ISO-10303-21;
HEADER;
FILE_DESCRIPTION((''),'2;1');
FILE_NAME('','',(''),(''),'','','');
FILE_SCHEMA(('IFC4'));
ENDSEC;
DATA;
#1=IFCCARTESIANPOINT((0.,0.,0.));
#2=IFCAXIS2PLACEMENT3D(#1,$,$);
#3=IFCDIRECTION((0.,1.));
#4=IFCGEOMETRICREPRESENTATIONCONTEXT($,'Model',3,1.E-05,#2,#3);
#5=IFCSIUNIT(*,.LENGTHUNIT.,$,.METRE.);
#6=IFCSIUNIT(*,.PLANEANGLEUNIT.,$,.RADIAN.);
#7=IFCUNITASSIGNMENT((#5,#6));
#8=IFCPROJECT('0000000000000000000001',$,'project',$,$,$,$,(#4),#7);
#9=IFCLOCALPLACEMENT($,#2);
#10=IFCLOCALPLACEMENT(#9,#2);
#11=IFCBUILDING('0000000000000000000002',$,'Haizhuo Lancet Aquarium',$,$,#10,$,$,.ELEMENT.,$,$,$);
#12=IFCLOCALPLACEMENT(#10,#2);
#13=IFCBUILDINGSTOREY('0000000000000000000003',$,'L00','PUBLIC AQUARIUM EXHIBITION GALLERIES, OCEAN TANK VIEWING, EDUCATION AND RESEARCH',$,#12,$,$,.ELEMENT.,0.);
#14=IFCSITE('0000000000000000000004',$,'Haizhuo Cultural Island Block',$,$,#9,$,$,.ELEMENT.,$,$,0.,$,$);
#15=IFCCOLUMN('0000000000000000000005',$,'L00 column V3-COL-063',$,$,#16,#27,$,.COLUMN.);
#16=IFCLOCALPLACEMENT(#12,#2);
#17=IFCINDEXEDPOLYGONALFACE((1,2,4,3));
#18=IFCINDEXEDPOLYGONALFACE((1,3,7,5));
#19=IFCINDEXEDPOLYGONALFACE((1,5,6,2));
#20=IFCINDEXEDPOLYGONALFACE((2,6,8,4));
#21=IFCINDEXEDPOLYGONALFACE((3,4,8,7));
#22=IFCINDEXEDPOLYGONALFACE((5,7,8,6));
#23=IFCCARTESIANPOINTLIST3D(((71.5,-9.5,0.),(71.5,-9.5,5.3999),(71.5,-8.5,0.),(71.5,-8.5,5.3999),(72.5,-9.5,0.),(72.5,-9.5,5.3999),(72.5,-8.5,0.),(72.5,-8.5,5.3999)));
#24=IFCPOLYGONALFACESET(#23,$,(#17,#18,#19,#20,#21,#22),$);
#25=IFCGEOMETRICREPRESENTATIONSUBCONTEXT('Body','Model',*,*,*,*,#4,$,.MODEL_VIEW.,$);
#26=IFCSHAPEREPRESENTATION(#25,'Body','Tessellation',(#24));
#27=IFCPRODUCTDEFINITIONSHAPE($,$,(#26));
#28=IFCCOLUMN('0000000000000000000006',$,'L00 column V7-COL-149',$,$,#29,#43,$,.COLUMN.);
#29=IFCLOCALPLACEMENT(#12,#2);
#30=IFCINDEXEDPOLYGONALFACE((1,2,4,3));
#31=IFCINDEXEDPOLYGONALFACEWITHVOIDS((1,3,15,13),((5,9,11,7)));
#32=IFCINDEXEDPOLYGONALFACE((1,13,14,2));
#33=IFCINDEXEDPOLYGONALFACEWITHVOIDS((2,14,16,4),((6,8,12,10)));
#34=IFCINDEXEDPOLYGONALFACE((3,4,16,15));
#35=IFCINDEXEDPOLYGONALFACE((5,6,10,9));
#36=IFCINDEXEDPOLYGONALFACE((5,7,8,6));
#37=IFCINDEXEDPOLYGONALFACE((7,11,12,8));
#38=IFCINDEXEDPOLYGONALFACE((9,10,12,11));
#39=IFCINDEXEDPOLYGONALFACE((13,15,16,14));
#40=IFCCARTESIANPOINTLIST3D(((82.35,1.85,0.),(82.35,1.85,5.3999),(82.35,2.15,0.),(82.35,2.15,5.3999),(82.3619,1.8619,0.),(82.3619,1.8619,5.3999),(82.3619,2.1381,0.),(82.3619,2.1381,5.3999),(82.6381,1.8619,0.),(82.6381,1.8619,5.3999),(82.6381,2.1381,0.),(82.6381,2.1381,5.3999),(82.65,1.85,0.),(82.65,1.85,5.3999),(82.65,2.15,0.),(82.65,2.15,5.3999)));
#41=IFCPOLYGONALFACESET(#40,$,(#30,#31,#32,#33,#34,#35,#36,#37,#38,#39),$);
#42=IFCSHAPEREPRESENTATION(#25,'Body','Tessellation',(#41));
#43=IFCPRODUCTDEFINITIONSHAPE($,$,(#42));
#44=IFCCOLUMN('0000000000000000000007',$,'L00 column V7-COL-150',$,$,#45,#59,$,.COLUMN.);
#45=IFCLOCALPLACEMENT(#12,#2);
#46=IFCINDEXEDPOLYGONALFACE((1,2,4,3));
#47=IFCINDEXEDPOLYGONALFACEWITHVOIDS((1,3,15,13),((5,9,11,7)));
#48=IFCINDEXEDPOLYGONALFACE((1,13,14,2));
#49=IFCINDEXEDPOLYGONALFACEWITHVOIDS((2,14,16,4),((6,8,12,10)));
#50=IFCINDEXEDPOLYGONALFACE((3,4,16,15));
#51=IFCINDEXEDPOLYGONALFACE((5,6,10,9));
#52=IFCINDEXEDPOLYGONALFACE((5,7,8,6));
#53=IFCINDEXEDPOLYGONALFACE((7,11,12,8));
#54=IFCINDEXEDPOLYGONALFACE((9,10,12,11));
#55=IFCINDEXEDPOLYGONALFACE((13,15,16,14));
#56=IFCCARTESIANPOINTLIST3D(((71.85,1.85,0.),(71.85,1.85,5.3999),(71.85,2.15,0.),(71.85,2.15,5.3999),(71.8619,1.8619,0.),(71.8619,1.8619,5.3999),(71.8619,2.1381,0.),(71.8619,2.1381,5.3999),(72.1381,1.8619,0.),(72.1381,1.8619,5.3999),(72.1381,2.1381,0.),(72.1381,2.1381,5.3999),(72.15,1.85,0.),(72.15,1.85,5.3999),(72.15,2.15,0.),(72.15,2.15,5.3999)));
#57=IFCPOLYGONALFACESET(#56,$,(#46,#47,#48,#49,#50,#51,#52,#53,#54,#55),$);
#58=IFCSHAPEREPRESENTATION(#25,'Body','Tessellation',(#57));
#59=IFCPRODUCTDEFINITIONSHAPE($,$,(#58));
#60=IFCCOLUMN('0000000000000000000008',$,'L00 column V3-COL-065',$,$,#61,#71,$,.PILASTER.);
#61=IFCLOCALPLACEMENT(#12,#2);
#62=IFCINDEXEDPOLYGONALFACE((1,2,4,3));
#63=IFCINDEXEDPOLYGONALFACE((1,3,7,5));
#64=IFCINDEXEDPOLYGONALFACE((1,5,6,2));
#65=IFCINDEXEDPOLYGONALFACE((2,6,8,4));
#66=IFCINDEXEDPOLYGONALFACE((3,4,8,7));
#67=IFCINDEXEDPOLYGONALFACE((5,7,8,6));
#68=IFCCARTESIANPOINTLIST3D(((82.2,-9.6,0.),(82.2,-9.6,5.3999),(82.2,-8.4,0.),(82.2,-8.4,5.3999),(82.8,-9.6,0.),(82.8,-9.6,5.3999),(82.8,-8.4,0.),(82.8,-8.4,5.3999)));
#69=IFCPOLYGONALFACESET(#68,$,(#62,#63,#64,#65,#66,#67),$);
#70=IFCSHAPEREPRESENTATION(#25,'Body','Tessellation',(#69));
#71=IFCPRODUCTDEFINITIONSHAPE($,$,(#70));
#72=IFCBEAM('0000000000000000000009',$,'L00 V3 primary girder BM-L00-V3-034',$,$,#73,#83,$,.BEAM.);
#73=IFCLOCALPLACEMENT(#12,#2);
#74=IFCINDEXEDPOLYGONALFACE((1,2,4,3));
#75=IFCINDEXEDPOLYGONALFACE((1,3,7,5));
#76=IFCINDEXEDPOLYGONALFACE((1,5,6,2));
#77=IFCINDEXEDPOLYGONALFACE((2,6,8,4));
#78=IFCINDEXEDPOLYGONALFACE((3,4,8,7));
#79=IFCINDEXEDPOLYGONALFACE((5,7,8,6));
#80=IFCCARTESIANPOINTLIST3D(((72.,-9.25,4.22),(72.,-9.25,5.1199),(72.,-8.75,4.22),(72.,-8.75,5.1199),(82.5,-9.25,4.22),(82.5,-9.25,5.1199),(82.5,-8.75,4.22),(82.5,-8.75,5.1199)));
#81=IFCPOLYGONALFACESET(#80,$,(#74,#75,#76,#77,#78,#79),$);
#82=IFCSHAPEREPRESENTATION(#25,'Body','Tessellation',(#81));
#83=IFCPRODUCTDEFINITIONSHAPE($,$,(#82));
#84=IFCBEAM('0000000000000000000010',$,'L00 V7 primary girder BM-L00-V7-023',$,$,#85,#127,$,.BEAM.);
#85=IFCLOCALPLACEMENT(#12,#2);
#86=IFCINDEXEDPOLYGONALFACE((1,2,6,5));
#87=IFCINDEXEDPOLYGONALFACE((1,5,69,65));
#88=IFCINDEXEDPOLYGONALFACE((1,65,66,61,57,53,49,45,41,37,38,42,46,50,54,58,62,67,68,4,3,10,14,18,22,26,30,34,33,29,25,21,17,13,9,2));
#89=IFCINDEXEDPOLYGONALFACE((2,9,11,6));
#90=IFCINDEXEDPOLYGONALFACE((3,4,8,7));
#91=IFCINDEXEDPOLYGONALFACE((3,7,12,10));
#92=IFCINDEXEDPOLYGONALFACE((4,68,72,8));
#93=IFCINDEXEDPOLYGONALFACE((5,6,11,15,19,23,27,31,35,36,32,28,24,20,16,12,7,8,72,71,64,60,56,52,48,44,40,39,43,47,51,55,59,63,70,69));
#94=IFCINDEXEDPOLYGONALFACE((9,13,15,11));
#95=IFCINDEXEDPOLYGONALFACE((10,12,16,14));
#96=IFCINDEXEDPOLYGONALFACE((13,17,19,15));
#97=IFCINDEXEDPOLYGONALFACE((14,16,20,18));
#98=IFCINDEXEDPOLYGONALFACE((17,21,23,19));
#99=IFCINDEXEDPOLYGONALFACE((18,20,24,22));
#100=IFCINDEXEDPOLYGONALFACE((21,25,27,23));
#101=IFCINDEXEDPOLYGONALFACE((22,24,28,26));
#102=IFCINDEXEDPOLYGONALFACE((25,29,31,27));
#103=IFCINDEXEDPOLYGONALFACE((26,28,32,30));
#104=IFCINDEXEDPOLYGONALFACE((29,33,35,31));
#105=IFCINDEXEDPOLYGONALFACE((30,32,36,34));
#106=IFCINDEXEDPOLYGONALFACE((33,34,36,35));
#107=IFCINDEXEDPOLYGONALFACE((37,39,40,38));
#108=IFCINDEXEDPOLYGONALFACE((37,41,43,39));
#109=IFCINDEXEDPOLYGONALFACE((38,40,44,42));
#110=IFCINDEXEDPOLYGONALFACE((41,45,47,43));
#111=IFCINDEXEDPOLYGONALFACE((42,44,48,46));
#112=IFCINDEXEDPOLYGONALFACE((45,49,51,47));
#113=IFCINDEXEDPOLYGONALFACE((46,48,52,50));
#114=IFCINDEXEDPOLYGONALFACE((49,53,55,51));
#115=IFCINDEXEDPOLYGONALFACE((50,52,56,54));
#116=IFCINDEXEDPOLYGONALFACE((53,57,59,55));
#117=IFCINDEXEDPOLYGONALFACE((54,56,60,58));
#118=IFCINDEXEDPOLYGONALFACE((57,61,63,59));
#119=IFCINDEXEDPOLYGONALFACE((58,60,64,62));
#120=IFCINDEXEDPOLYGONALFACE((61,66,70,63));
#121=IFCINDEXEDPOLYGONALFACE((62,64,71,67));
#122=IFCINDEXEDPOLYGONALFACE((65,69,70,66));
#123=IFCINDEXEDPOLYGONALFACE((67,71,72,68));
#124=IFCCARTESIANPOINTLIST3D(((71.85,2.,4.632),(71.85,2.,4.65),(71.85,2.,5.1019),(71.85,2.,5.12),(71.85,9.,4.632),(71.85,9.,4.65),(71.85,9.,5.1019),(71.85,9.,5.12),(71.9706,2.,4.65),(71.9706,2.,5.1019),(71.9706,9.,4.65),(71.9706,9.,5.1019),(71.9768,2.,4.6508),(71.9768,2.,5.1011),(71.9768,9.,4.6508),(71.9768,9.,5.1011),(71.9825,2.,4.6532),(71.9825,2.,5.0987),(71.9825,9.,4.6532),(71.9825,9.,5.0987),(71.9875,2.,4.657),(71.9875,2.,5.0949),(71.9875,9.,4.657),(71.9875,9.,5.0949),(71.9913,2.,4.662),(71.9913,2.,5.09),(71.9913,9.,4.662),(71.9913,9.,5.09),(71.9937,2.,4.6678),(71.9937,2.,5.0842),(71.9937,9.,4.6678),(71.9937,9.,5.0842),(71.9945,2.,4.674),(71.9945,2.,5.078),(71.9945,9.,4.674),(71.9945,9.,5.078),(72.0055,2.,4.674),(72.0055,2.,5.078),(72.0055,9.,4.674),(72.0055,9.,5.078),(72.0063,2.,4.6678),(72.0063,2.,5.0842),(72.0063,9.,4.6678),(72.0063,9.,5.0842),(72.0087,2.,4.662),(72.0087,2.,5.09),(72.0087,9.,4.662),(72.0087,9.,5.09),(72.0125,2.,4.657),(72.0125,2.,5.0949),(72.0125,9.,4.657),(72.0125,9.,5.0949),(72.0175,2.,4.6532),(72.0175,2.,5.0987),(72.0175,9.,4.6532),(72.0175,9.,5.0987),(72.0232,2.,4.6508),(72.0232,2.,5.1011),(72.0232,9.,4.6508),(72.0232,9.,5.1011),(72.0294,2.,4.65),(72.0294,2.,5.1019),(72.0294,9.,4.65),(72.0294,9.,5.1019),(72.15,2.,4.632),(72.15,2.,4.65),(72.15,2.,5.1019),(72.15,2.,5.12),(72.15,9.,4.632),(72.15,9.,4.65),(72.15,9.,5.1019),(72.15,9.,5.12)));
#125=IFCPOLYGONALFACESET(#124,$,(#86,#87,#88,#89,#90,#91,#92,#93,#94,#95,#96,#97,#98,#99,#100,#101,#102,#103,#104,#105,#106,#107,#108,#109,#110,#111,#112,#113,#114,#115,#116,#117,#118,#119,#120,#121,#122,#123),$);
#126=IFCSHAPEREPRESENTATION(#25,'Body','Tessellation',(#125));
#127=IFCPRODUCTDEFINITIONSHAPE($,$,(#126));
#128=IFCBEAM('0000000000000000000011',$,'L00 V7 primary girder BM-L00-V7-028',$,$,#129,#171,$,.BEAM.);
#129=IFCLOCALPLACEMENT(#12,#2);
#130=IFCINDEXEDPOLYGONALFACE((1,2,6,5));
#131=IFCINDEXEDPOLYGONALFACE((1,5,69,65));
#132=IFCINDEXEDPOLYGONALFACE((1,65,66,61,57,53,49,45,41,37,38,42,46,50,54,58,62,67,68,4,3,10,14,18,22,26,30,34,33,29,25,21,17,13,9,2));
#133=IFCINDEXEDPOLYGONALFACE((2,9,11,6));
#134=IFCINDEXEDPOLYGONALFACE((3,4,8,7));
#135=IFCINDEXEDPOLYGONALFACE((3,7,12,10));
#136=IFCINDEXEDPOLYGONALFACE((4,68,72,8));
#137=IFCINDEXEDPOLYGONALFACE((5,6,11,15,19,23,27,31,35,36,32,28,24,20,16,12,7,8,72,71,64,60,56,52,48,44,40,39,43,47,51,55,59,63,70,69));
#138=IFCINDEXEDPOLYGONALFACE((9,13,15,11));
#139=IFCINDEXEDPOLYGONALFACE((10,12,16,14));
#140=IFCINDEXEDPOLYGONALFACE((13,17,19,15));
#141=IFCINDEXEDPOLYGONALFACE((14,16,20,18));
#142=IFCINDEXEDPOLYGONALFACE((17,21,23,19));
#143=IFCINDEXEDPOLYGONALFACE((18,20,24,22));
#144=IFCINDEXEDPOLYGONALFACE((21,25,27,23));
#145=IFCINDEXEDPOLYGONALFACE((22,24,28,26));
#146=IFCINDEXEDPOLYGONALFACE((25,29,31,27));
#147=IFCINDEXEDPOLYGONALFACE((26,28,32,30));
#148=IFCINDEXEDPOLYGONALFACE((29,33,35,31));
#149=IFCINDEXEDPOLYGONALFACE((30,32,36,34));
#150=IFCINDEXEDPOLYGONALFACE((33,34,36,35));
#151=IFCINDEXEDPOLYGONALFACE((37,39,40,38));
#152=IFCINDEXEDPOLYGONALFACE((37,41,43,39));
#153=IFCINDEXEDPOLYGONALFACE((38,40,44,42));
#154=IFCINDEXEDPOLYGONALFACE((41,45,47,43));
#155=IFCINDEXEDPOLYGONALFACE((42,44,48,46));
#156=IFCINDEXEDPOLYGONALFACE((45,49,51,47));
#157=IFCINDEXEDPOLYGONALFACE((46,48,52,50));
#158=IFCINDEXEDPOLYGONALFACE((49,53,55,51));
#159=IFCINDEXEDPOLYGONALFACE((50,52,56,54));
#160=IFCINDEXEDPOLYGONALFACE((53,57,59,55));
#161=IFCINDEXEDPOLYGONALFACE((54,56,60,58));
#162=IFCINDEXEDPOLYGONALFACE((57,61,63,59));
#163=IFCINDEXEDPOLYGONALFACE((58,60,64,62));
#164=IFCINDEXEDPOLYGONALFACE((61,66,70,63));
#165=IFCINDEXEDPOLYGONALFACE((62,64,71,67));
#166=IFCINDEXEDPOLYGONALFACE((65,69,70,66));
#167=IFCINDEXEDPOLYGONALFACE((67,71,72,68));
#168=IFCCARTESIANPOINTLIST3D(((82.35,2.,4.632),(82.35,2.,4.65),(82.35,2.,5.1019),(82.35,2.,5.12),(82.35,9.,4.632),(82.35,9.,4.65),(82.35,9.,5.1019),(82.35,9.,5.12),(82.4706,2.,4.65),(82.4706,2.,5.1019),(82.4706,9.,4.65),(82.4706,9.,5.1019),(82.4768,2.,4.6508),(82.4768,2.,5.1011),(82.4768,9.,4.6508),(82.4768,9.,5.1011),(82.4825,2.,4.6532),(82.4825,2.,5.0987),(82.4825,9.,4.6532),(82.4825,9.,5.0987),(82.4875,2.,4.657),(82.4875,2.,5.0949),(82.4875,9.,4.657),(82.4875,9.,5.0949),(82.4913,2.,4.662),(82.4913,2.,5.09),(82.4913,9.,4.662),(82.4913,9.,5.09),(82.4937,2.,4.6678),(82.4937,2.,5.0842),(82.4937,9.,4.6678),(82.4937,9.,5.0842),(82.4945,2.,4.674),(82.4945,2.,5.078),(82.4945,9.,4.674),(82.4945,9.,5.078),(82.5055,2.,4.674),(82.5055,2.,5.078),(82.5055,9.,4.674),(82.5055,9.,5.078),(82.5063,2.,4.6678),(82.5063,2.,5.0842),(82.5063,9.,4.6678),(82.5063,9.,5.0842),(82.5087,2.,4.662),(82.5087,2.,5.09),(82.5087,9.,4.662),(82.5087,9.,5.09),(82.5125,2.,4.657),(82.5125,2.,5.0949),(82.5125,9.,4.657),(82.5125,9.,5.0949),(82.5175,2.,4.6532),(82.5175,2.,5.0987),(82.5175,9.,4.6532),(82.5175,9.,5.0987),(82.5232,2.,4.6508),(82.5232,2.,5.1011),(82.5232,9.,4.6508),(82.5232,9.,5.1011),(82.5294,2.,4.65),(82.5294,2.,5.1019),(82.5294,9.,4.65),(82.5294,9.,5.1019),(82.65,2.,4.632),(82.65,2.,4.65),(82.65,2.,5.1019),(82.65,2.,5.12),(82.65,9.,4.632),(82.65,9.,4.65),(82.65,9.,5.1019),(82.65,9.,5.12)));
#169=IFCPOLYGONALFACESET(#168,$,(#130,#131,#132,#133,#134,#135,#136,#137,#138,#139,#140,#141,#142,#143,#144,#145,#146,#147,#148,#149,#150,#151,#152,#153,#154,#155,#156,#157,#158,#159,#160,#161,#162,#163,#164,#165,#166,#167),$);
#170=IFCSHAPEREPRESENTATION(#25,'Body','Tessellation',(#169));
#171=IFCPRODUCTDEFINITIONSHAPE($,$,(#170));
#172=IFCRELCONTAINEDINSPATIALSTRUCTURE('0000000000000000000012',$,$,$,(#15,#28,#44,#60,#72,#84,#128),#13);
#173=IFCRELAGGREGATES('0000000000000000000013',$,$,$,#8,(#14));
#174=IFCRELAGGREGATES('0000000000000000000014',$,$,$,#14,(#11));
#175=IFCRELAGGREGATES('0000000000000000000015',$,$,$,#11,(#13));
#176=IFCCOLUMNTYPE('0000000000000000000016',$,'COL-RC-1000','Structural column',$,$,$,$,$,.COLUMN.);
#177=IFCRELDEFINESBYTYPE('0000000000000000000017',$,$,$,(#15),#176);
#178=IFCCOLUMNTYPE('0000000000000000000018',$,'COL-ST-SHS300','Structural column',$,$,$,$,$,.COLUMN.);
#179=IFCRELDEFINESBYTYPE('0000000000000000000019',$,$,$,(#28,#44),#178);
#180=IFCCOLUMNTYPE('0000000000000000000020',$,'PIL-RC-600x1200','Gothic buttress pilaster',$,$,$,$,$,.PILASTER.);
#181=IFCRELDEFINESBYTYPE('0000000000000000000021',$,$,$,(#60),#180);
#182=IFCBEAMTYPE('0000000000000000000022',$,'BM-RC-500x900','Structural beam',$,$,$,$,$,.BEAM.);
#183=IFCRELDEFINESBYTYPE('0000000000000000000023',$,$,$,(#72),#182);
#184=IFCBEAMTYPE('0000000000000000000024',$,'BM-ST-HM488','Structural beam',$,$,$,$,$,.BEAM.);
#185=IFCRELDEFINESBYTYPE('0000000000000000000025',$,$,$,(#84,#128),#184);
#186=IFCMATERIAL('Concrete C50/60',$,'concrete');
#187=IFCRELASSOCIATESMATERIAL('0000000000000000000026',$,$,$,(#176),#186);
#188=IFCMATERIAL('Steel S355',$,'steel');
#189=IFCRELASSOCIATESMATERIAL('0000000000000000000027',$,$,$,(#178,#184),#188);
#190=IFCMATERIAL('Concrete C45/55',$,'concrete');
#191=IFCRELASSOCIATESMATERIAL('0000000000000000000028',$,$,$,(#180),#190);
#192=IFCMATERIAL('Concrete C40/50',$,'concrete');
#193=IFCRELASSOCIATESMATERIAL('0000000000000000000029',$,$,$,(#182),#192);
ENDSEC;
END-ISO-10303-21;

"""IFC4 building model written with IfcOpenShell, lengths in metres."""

from ifc_helpers import new_model, si_unit, direction, frame, origin, origin_2d, place, context, subcontext, project, spatial, rectangle, hollow_rectangle, i_section, extrude, material, material_profile, profile_set, type_object, element, save


model = new_model("IFC4")

# Units and contexts
model_context = context("Model", 3, precision=1e-05, world=origin(), true_north=direction((0.0, 1.0)))
body_context = subcontext(model_context, "Body", "Model", "MODEL_VIEW")
ifc_project = project(units=[si_unit("LENGTHUNIT", "METRE"), si_unit("PLANEANGLEUNIT", "RADIAN")], contexts=[model_context])

# Site, building, storey
site_placement = place(None, origin())
site = spatial("IfcSite", under=ifc_project, at=site_placement, Name="Haizhuo Cultural Island Block", CompositionType="ELEMENT", RefElevation=0.0)
building_placement = place(site_placement, origin())
building = spatial("IfcBuilding", under=site, at=building_placement, Name="Haizhuo Lancet Aquarium", CompositionType="ELEMENT")
storey_placement = place(building_placement, origin())
storey = spatial("IfcBuildingStorey", under=building, at=storey_placement, Name="L00", Description="PUBLIC AQUARIUM EXHIBITION GALLERIES, OCEAN TANK VIEWING, EDUCATION AND RESEARCH", CompositionType="ELEMENT", Elevation=0.0)

# Columns
ifc_material_1 = material(Name="Concrete C50/60", Category="concrete")
ifc_material_profile_1 = material_profile(ifc_material_1, rectangle(XDim=1.0, YDim=1.0, at=origin_2d()), Name="RC-COL 1000x1000")
ifc_profile_set_1 = profile_set([ifc_material_profile_1], Name="Concrete C50/60")
column_type_1 = type_object("IfcColumnType", Name="COL-RC-1000", Description="Structural column", PredefinedType="COLUMN", material=ifc_profile_set_1)
column_1_placement = place(storey_placement, frame((72.0, -9.0, 0.0), z_axis=(0.0, 0.0, 1.0), x_axis=(1.0, 0.0, 0.0)))
element("IfcColumn", 1, at=column_1_placement, inside=storey, type_object=column_type_1, Name="L00 column V3-COL-063", PredefinedType="COLUMN", context=body_context, shape_type="SweptSolid", body=[
    extrude(rectangle(XDim=1.0, YDim=1.0, at=origin_2d()), origin(), (0.0, 0.0, 1.0), 5.3999),
])
ifc_material_2 = material(Name="Steel S355", Category="steel")
ifc_material_profile_2 = material_profile(ifc_material_2, hollow_rectangle(XDim=0.3, YDim=0.3, WallThickness=0.012, at=origin_2d()), Name="SHS 300x300x12")
ifc_profile_set_2 = profile_set([ifc_material_profile_2], Name="Steel S355")
column_type_2 = type_object("IfcColumnType", Name="COL-ST-SHS300", Description="Structural column", PredefinedType="COLUMN", material=ifc_profile_set_2)
for number, where, z_axis, x_axis, name in (
    (2, (82.5, 2.0, 0.0), (0.0, 0.0, 1.0), (1.0, 0.0, 0.0), "L00 column V7-COL-149"),
    (3, (72.0, 2.0, 0.0), (0.0, 0.0, 1.0), (1.0, 0.0, 0.0), "L00 column V7-COL-150"),
):
    element("IfcColumn", number, at=place(storey_placement, frame(where, z_axis=z_axis, x_axis=x_axis)), inside=storey, type_object=column_type_2, Name=name, PredefinedType="COLUMN", context=body_context, shape_type="SweptSolid", body=[
        extrude(hollow_rectangle(XDim=0.3, YDim=0.3, WallThickness=0.012, at=origin_2d()), origin(), (0.0, 0.0, 1.0), 5.3999),
    ])
ifc_material_3 = material(Name="Concrete C45/55", Category="concrete")
ifc_material_profile_3 = material_profile(ifc_material_3, rectangle(XDim=0.6001, YDim=1.2, at=origin_2d()), Name="RC-PIL 600x1200")
ifc_profile_set_3 = profile_set([ifc_material_profile_3], Name="Concrete C45/55")
column_type_3 = type_object("IfcColumnType", Name="PIL-RC-600x1200", Description="Gothic buttress pilaster", PredefinedType="PILASTER", material=ifc_profile_set_3)
column_2_placement = place(storey_placement, frame((82.5, -9.0, 0.0), z_axis=(0.0, 0.0, 1.0), x_axis=(1.0, 0.0, 0.0)))
element("IfcColumn", 4, at=column_2_placement, inside=storey, type_object=column_type_3, Name="L00 column V3-COL-065", PredefinedType="PILASTER", context=body_context, shape_type="SweptSolid", body=[
    extrude(rectangle(XDim=0.6001, YDim=1.2, at=origin_2d()), origin(), (0.0, 0.0, 1.0), 5.3999),
])

# Beams
ifc_material_4 = material(Name="Concrete C40/50", Category="concrete")
ifc_material_profile_4 = material_profile(ifc_material_4, rectangle(XDim=0.5, YDim=0.8999, at=origin_2d()), Name="RC-BM 500x900")
ifc_profile_set_4 = profile_set([ifc_material_profile_4], Name="Concrete C40/50")
beam_type_1 = type_object("IfcBeamType", Name="BM-RC-500x900", Description="Structural beam", PredefinedType="BEAM", material=ifc_profile_set_4)
beam_1_placement = place(storey_placement, frame((72.0, -9.0, 4.6699), z_axis=(1.0, 0.0, 0.0), x_axis=(0.0, 1.0, 0.0)))
element("IfcBeam", 5, at=beam_1_placement, inside=storey, type_object=beam_type_1, Name="L00 V3 primary girder BM-L00-V3-034", PredefinedType="BEAM", context=body_context, shape_type="SweptSolid", body=[
    extrude(rectangle(XDim=0.5, YDim=0.8999, at=origin_2d()), origin(), (0.0, 0.0, 1.0), 10.5),
])
ifc_material_profile_5 = material_profile(ifc_material_2, i_section(OverallWidth=0.3, OverallDepth=0.488, WebThickness=0.011, FlangeThickness=0.0181, FilletRadius=0.0239, at=origin_2d()), Name="HM 488x300x11x18")
ifc_profile_set_5 = profile_set([ifc_material_profile_5], Name="Steel S355")
beam_type_2 = type_object("IfcBeamType", Name="BM-ST-HM488", Description="Structural beam", PredefinedType="BEAM", material=ifc_profile_set_5)
for number, where, z_axis, x_axis, name in (
    (6, (72.0, 2.0, 4.876), (0.0, 1.0, 0.0), (-1.0, 0.0, 0.0), "L00 V7 primary girder BM-L00-V7-023"),
    (7, (82.5, 2.0, 4.876), (0.0, 1.0, 0.0), (-1.0, 0.0, 0.0), "L00 V7 primary girder BM-L00-V7-028"),
):
    element("IfcBeam", number, at=place(storey_placement, frame(where, z_axis=z_axis, x_axis=x_axis)), inside=storey, type_object=beam_type_2, Name=name, PredefinedType="BEAM", context=body_context, shape_type="SweptSolid", body=[
        extrude(i_section(OverallWidth=0.3, OverallDepth=0.488, WebThickness=0.011, FlangeThickness=0.0181, FilletRadius=0.0239, at=origin_2d()), origin(), (0.0, 0.0, 1.0), 7.0),
    ])

save(model, "model.ifc")
